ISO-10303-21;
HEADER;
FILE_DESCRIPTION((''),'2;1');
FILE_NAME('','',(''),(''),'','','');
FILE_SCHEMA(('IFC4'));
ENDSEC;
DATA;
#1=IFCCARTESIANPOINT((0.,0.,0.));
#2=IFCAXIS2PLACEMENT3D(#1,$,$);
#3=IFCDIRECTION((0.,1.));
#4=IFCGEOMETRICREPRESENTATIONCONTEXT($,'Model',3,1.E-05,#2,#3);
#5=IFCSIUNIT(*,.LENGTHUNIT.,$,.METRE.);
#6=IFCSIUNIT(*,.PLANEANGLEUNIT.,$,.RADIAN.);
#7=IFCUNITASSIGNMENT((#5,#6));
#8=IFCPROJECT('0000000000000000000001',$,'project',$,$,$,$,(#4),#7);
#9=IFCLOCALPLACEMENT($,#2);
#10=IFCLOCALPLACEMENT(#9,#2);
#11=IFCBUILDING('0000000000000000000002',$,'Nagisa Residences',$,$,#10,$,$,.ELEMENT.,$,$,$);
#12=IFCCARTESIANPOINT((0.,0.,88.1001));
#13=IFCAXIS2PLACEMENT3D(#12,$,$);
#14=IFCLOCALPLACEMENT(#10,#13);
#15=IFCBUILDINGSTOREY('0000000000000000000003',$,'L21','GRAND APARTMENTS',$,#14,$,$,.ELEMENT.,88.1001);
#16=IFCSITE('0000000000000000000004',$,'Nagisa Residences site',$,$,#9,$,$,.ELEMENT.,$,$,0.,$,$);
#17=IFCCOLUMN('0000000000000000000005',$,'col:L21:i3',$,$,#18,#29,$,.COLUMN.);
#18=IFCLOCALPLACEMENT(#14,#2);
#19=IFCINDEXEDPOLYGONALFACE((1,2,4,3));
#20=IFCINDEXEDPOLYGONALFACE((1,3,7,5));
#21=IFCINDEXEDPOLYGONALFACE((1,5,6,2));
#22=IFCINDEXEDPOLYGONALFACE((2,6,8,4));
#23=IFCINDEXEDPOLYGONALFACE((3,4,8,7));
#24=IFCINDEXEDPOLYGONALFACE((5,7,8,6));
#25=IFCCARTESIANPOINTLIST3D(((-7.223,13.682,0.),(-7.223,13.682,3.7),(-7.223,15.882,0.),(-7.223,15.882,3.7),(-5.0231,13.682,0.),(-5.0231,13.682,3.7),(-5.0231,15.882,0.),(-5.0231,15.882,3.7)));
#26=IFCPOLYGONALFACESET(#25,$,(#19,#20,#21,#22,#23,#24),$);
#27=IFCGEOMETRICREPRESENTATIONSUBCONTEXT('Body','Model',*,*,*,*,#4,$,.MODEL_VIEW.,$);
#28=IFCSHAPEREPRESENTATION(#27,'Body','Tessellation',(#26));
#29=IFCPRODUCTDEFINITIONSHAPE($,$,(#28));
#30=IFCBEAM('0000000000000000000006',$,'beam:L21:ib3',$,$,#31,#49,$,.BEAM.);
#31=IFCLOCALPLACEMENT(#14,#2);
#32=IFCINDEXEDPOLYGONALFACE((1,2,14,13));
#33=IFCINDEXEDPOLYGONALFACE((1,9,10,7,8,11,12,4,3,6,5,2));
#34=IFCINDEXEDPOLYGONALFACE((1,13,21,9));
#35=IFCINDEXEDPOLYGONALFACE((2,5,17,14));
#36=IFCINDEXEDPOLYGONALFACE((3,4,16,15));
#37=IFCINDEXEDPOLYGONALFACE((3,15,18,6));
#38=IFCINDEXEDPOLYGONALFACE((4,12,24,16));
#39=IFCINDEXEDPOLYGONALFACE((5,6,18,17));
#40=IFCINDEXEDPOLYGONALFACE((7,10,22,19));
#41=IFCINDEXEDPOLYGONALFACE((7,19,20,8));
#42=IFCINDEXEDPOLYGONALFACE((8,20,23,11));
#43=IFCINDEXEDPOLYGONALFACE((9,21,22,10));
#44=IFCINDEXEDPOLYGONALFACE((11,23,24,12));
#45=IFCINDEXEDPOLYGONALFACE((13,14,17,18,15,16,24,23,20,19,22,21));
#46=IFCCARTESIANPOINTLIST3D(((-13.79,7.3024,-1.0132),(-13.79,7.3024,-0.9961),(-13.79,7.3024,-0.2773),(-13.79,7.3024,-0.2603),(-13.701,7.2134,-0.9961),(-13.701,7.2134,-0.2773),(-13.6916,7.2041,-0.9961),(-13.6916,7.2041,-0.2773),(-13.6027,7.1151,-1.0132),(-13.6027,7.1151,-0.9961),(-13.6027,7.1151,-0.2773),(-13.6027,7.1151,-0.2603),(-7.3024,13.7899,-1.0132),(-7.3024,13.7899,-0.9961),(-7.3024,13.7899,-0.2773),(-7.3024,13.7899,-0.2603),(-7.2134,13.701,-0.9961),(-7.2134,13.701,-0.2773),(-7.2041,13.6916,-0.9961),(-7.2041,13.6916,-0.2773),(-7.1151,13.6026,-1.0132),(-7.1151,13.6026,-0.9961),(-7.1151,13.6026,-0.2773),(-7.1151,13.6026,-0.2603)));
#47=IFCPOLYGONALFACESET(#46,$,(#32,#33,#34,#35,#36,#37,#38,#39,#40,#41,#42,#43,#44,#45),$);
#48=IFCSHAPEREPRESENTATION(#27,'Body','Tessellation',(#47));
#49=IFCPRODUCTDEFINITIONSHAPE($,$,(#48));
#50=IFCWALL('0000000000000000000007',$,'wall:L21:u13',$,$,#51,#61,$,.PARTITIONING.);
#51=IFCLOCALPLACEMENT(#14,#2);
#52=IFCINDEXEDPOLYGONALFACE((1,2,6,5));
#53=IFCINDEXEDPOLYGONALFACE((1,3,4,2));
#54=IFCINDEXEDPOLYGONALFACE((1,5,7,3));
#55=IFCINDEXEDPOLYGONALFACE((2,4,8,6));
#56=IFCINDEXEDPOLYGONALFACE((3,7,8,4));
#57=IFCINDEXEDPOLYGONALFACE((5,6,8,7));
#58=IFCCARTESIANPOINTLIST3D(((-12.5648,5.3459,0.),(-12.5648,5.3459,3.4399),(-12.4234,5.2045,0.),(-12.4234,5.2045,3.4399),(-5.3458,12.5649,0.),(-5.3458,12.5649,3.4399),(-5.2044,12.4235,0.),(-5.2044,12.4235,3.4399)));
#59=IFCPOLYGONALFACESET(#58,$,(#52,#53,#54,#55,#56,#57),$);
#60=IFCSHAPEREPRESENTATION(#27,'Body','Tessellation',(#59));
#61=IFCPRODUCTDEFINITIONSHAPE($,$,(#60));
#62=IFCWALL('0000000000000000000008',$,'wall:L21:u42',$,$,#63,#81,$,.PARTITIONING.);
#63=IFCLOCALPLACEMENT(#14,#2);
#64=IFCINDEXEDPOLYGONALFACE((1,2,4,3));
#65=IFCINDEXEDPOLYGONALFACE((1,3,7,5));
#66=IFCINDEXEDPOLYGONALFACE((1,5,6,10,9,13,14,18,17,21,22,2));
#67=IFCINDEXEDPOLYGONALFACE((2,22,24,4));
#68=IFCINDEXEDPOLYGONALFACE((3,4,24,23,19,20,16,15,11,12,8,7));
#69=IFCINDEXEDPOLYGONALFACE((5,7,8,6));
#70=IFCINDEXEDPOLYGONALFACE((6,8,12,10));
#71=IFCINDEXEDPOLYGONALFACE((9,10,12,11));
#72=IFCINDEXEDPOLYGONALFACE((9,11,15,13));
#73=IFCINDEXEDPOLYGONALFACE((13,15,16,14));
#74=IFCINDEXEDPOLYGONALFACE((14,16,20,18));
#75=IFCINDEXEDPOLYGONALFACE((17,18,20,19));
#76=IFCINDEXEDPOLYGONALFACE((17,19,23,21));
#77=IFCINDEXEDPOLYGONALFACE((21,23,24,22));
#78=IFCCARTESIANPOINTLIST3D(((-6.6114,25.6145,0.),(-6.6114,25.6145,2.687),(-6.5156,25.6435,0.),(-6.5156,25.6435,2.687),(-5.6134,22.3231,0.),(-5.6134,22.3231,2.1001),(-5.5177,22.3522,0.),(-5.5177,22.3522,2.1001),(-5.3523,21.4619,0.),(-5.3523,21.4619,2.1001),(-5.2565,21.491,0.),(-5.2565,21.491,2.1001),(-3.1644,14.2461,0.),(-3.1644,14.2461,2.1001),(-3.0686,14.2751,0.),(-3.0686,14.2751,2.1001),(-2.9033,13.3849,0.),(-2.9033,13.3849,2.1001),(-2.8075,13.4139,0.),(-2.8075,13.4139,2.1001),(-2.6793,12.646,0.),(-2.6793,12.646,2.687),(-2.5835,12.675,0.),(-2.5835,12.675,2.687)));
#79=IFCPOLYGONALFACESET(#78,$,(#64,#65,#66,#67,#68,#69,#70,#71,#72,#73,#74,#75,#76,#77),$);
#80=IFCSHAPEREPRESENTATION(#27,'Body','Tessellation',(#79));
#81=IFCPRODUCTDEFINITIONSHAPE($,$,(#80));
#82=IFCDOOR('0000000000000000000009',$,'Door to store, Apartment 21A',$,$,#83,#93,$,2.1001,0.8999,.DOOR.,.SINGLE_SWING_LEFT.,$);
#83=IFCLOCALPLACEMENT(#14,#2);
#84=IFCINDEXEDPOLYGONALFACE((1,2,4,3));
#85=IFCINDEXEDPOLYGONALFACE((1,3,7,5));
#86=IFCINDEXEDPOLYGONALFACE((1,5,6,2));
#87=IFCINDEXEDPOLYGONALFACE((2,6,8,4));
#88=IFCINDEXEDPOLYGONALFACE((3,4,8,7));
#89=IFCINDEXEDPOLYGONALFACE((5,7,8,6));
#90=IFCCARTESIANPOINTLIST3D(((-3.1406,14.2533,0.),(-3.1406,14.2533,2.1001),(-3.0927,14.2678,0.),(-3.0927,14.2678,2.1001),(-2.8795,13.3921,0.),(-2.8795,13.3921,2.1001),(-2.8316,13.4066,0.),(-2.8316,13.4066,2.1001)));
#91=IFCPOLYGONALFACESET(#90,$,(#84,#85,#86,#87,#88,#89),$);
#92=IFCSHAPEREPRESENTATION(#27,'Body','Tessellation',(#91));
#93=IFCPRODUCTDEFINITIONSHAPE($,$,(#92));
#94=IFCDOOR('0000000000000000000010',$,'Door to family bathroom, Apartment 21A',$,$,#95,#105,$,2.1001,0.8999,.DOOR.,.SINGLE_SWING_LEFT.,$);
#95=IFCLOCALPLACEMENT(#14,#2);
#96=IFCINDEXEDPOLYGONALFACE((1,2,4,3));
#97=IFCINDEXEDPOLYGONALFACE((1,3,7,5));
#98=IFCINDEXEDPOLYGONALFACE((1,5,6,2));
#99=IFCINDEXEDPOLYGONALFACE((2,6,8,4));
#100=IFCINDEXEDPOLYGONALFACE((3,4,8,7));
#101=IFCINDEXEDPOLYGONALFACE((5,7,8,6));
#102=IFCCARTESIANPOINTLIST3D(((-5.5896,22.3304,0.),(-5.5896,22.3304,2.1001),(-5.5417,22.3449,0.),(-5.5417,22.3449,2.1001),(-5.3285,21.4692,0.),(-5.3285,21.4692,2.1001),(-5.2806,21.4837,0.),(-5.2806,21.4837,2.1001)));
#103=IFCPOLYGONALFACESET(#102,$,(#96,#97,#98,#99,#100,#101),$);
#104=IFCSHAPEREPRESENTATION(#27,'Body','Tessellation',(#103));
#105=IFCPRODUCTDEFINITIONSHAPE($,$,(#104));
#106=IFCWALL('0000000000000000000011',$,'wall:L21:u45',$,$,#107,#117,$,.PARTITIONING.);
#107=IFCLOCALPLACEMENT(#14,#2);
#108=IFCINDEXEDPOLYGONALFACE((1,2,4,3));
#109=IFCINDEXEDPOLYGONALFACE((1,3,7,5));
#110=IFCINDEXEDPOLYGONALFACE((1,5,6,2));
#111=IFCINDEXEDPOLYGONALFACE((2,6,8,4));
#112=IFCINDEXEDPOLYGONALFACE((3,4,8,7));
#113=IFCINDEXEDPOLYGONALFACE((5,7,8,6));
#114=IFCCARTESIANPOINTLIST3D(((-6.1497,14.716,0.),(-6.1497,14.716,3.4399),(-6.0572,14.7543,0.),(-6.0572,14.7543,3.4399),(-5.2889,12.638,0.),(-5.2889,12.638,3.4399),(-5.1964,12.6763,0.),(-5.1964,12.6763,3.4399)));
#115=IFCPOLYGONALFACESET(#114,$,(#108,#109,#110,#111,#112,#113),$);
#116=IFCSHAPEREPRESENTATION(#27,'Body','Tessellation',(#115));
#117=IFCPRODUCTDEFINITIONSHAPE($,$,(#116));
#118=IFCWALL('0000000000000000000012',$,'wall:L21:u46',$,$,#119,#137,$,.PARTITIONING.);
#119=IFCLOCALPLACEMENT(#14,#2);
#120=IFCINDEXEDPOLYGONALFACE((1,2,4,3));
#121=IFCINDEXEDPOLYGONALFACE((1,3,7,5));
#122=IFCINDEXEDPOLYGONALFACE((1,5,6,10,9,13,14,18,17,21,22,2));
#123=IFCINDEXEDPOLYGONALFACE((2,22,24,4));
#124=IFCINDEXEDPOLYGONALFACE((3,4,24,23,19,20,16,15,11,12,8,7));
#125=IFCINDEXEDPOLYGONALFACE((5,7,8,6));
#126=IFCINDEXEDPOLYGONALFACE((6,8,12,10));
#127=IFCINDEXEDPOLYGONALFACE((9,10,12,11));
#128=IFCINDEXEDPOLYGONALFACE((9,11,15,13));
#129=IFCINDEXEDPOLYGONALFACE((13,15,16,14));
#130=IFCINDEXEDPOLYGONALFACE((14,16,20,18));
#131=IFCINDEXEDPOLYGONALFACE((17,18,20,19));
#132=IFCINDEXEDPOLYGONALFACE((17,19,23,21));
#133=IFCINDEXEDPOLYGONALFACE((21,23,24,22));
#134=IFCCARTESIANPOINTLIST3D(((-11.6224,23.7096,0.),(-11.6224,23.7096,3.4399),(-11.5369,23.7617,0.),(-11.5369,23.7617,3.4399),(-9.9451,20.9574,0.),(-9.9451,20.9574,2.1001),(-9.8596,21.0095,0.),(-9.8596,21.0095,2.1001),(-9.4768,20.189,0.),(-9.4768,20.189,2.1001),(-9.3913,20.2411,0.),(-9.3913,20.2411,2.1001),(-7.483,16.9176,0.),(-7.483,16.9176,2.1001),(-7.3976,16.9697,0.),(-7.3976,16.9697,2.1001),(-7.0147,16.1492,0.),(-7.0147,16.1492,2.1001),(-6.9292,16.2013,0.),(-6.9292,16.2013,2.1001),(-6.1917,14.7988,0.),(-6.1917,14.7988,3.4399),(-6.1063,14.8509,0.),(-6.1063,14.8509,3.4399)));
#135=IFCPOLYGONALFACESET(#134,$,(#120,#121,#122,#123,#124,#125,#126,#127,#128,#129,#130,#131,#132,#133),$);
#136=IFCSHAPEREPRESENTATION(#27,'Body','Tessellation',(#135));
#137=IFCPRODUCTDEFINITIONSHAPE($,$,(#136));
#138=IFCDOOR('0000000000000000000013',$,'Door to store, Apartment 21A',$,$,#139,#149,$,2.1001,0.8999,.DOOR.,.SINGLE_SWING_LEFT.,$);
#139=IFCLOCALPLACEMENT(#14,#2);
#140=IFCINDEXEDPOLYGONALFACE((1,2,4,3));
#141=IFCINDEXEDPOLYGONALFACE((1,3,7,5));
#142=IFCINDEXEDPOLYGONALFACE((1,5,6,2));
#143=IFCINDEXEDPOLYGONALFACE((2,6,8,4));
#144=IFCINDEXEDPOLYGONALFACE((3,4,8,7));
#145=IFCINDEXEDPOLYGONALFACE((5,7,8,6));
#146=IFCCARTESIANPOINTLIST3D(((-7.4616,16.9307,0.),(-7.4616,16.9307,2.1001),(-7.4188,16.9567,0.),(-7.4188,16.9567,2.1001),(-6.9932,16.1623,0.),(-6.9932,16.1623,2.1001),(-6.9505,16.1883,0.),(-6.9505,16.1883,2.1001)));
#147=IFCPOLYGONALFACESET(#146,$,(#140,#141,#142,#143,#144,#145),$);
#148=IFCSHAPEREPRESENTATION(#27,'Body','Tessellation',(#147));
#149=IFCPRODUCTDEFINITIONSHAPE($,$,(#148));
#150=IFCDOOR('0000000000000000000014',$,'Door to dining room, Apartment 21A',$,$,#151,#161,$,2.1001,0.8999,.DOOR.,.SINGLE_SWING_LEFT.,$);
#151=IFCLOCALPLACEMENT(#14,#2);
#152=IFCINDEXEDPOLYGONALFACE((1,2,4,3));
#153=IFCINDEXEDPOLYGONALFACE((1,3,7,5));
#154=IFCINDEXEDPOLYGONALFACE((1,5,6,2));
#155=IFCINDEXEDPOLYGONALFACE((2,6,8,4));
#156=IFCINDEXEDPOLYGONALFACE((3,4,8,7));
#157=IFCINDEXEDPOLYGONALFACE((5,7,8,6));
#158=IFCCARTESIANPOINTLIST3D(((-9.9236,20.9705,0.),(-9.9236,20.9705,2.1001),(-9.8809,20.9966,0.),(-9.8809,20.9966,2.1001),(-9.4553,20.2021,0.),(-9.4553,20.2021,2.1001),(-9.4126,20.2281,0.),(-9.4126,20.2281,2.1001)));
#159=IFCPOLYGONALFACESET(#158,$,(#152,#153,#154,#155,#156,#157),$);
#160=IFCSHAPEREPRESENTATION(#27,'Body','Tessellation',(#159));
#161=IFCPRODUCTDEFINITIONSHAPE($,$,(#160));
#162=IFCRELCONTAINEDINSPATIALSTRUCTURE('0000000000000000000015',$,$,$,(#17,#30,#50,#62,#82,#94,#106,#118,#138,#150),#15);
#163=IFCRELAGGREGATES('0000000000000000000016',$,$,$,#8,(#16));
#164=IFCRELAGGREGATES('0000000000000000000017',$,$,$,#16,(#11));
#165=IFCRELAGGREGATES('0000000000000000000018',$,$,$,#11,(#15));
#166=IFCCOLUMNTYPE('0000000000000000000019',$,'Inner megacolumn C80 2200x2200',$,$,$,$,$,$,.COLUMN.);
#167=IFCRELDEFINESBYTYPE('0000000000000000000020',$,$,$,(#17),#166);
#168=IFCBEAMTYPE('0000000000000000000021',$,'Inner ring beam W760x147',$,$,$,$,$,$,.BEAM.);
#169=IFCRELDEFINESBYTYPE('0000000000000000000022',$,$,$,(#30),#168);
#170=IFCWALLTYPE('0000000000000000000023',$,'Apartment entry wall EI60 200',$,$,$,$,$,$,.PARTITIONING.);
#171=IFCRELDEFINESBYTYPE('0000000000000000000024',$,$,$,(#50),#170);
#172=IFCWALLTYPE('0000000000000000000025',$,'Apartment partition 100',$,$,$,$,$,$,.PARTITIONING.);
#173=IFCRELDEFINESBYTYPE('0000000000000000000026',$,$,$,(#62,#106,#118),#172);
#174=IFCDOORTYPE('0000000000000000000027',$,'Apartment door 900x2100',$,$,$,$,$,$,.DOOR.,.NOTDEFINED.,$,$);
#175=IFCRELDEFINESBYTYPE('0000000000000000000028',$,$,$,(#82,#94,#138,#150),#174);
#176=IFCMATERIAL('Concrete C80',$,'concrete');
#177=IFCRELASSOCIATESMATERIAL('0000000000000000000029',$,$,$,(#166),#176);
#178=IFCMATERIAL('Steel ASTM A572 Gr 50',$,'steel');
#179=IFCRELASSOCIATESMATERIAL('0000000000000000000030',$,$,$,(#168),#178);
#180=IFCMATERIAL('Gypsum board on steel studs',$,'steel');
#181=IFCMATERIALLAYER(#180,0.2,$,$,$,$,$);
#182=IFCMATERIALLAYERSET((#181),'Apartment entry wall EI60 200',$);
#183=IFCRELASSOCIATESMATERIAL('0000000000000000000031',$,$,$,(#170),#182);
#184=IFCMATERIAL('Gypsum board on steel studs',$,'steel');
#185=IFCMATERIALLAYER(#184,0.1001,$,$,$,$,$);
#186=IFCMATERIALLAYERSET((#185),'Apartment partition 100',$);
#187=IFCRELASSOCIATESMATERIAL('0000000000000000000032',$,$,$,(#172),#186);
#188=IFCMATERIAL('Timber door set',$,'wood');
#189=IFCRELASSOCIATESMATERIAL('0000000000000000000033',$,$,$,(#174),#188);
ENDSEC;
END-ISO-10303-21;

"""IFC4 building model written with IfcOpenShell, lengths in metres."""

from ifc_helpers import new_model, si_unit, direction, frame, frame_2d, origin, origin_2d, place, context, subcontext, project, spatial, rectangle, i_section, extrude, material, layer, layer_set, material_profile, profile_set, type_object, element, fill, save


model = new_model("IFC4")

# Units and contexts
model_context = context("Model", 3, precision=1e-05, world=origin(), true_north=direction((0.0, 1.0)))
body_context = subcontext(model_context, "Body", "Model", "MODEL_VIEW")
ifc_project = project(units=[si_unit("LENGTHUNIT", "METRE"), si_unit("PLANEANGLEUNIT", "RADIAN")], contexts=[model_context])

# Site, building, storey
site_placement = place(None, origin())
site = spatial("IfcSite", under=ifc_project, at=site_placement, Name="Nagisa Residences site", CompositionType="ELEMENT", RefElevation=0.0)
building_placement = place(site_placement, origin())
building = spatial("IfcBuilding", under=site, at=building_placement, Name="Nagisa Residences", CompositionType="ELEMENT")
storey_placement = place(building_placement, frame((0.0, 0.0, 88.1001)))
storey = spatial("IfcBuildingStorey", under=building, at=storey_placement, Name="L21", Description="GRAND APARTMENTS", CompositionType="ELEMENT", Elevation=88.1001)

# Column
ifc_material_1 = material(Name="Concrete C80", Category="concrete")
ifc_material_profile_1 = material_profile(ifc_material_1, rectangle(XDim=2.2, YDim=2.2, at=origin_2d()), Name="C80 2200x2200")
ifc_profile_set_1 = profile_set([ifc_material_profile_1], Name="Concrete C80")
column_type = type_object("IfcColumnType", Name="Inner megacolumn C80 2200x2200", PredefinedType="COLUMN", material=ifc_profile_set_1)
column_placement = place(storey_placement, frame((-6.123, 14.782, 0.0), z_axis=(0.0, 0.0, 1.0), x_axis=(1.0, 0.0, 0.0)))
element("IfcColumn", 1, at=column_placement, inside=storey, type_object=column_type, Name="col:L21:i3", PredefinedType="COLUMN", context=body_context, shape_type="SweptSolid", body=[
    extrude(rectangle(XDim=2.2, YDim=2.2, at=origin_2d()), origin(), (0.0, 0.0, 1.0), 3.7),
])

# Beam
ifc_material_2 = material(Name="Steel ASTM A572 Gr 50", Category="steel")
ifc_material_profile_2 = material_profile(ifc_material_2, i_section(OverallWidth=0.2649, OverallDepth=0.7529, WebThickness=0.0132, FlangeThickness=0.0171, at=origin_2d()), Name="W760x147")
ifc_profile_set_2 = profile_set([ifc_material_profile_2], Name="Steel ASTM A572 Gr 50")
beam_type = type_object("IfcBeamType", Name="Inner ring beam W760x147", PredefinedType="BEAM", material=ifc_profile_set_2)
beam_placement = place(storey_placement, frame((-7.2087, 13.6963, -0.6367), z_axis=(-0.707107, -0.707107, 0.0), x_axis=(0.707107, -0.707107, 0.0)))
element("IfcBeam", 2, at=beam_placement, inside=storey, type_object=beam_type, Name="beam:L21:ib3", PredefinedType="BEAM", context=body_context, shape_type="SweptSolid", body=[
    extrude(i_section(OverallWidth=0.2649, OverallDepth=0.7529, WebThickness=0.0132, FlangeThickness=0.0171, at=origin_2d()), origin(), (0.0, 0.0, 1.0), 9.1748),
])

# Wall
ifc_material_3 = material(Name="Gypsum board on steel studs", Category="steel")
ifc_layer_1 = layer(ifc_material_3, 0.2)
ifc_layer_set_1 = layer_set([ifc_layer_1], Name="Apartment entry wall EI60 200")
wall_type_1 = type_object("IfcWallType", Name="Apartment entry wall EI60 200", PredefinedType="PARTITIONING", material=ifc_layer_set_1)
wall_1_placement = place(storey_placement, frame((-5.2751, 12.4941, 0.0), z_axis=(0.0, 0.0, 1.0), x_axis=(-0.707107, -0.707107, 0.0)))
element("IfcWall", 3, at=wall_1_placement, inside=storey, type_object=wall_type_1, Name="wall:L21:u13", PredefinedType="PARTITIONING", context=body_context, shape_type="SweptSolid", body=[
    extrude(rectangle(XDim=10.2092, YDim=0.2, at=frame_2d((5.1045, 0.0))), origin(), (0.0, 0.0, 1.0), 3.4399),
])

# Wall, openings, doors
ifc_material_4 = material(Name="Gypsum board on steel studs", Category="steel")
ifc_layer_2 = layer(ifc_material_4, 0.1001)
ifc_layer_set_2 = layer_set([ifc_layer_2], Name="Apartment partition 100")
wall_type_2 = type_object("IfcWallType", Name="Apartment partition 100", PredefinedType="PARTITIONING", material=ifc_layer_set_2)
wall_2_placement = place(storey_placement, frame((-2.6313, 12.6604, 0.0), z_axis=(0.0, 0.0, 1.0), x_axis=(-0.290161, 0.956978, 0.0)))
wall_2 = element("IfcWall", 4, at=wall_2_placement, inside=storey, type_object=wall_type_2, Name="wall:L21:u42", PredefinedType="PARTITIONING", context=body_context, shape_type="SweptSolid", body=[
    extrude(rectangle(XDim=13.5515, YDim=0.1001, at=frame_2d((6.7759, 0.0))), origin(), (0.0, 0.0, 1.0), 2.687),
])
opening_1_placement = place(wall_2_placement, frame((0.7722, 0.0, 0.0)))
opening_1 = element("IfcOpeningElement", 5, at=opening_1_placement, cuts=wall_2, PredefinedType="OPENING", context=body_context, shape_type="SweptSolid", body=[
    extrude(rectangle(XDim=0.8999, YDim=2.1001, at=frame_2d((0.45, 1.05))), frame((0.0, 0.0601, 0.0), z_axis=(0.0, -1.0, 0.0), x_axis=(1.0, 0.0, 0.0)), (0.0, 0.0, 1.0), 0.1201),
])
opening_2_placement = place(wall_2_placement, frame((9.2124, 0.0, 0.0)))
opening_2 = element("IfcOpeningElement", 6, at=opening_2_placement, cuts=wall_2, PredefinedType="OPENING", context=body_context, shape_type="SweptSolid", body=[
    extrude(rectangle(XDim=0.8999, YDim=2.1001, at=frame_2d((0.45, 1.05))), frame((0.0, 0.0601, 0.0), z_axis=(0.0, -1.0, 0.0), x_axis=(1.0, 0.0, 0.0)), (0.0, 0.0, 1.0), 0.1201),
])
ifc_material_5 = material(Name="Timber door set", Category="wood")
door_type_1 = type_object("IfcDoorType", Name="Apartment door 900x2100", OperationType="NOTDEFINED", PredefinedType="DOOR", material=ifc_material_5)
door_1_placement = place(opening_1_placement, frame((0.8999, 0.0, 0.0), x_axis=(-1.0, 0.0, 0.0)))
door_1 = element("IfcDoor", 7, at=door_1_placement, inside=storey, type_object=door_type_1, Name="Door to store, Apartment 21A", OperationType="SINGLE_SWING_LEFT", OverallHeight=2.1001, OverallWidth=0.8999, PredefinedType="DOOR", context=body_context, shape_type="SweptSolid", body=[
    extrude(rectangle(XDim=0.8999, YDim=2.1001, at=frame_2d((0.45, 1.05))), frame((0.0, 0.0249, 0.0), z_axis=(0.0, -1.0, 0.0), x_axis=(1.0, 0.0, 0.0)), (0.0, 0.0, 1.0), 0.05),
])
fill(opening_1, door_1)
door_2_placement = place(opening_2_placement, frame((0.8999, 0.0, 0.0), x_axis=(-1.0, 0.0, 0.0)))
door_2 = element("IfcDoor", 8, at=door_2_placement, inside=storey, type_object=door_type_1, Name="Door to family bathroom, Apartment 21A", OperationType="SINGLE_SWING_LEFT", OverallHeight=2.1001, OverallWidth=0.8999, PredefinedType="DOOR", context=body_context, shape_type="SweptSolid", body=[
    extrude(rectangle(XDim=0.8999, YDim=2.1001, at=frame_2d((0.45, 1.05))), frame((0.0, 0.0249, 0.0), z_axis=(0.0, -1.0, 0.0), x_axis=(1.0, 0.0, 0.0)), (0.0, 0.0, 1.0), 0.05),
])
fill(opening_2, door_2)

# Wall
wall_3_placement = place(storey_placement, frame((-5.2427, 12.6572, 0.0), z_axis=(0.0, 0.0, 1.0), x_axis=(-0.382703, 0.923871, 0.0)))
element("IfcWall", 9, at=wall_3_placement, inside=storey, type_object=wall_type_2, Name="wall:L21:u45", PredefinedType="PARTITIONING", context=body_context, shape_type="SweptSolid", body=[
    extrude(rectangle(XDim=2.2493, YDim=0.1001, at=frame_2d((1.1245, 0.0))), origin(), (0.0, 0.0, 1.0), 3.4399),
])

# Wall, openings, doors
wall_4_placement = place(storey_placement, frame((-6.1489, 14.8247, 0.0), z_axis=(0.0, 0.0, 1.0), x_axis=(-0.520411, 0.853916, 0.0)))
wall_4 = element("IfcWall", 10, at=wall_4_placement, inside=storey, type_object=wall_type_2, Name="wall:L21:u46", PredefinedType="PARTITIONING", context=body_context, shape_type="SweptSolid", body=[
    extrude(rectangle(XDim=10.4353, YDim=0.1001, at=frame_2d((5.2178, 0.0))), origin(), (0.0, 0.0, 1.0), 3.4399),
])
opening_3_placement = place(wall_4_placement, frame((1.5815, 0.0, 0.0)))
opening_3 = element("IfcOpeningElement", 11, at=opening_3_placement, cuts=wall_4, PredefinedType="OPENING", context=body_context, shape_type="SweptSolid", body=[
    extrude(rectangle(XDim=0.8999, YDim=2.1001, at=frame_2d((0.45, 1.05))), frame((0.0, 0.0601, 0.0), z_axis=(0.0, -1.0, 0.0), x_axis=(1.0, 0.0, 0.0)), (0.0, 0.0, 1.0), 0.1201),
])
opening_4_placement = place(wall_4_placement, frame((6.3125, 0.0, 0.0)))
opening_4 = element("IfcOpeningElement", 12, at=opening_4_placement, cuts=wall_4, PredefinedType="OPENING", context=body_context, shape_type="SweptSolid", body=[
    extrude(rectangle(XDim=0.8999, YDim=2.1001, at=frame_2d((0.45, 1.05))), frame((0.0, 0.0601, 0.0), z_axis=(0.0, -1.0, 0.0), x_axis=(1.0, 0.0, 0.0)), (0.0, 0.0, 1.0), 0.1201),
])
door_3_placement = place(opening_3_placement, origin())
door_3 = element("IfcDoor", 13, at=door_3_placement, inside=storey, type_object=door_type_1, Name="Door to store, Apartment 21A", OperationType="SINGLE_SWING_LEFT", OverallHeight=2.1001, OverallWidth=0.8999, PredefinedType="DOOR", context=body_context, shape_type="SweptSolid", body=[
    extrude(rectangle(XDim=0.8999, YDim=2.1001, at=frame_2d((0.45, 1.05))), frame((0.0, 0.0249, 0.0), z_axis=(0.0, -1.0, 0.0), x_axis=(1.0, 0.0, 0.0)), (0.0, 0.0, 1.0), 0.05),
])
fill(opening_3, door_3)
door_4_placement = place(opening_4_placement, origin())
door_4 = element("IfcDoor", 14, at=door_4_placement, inside=storey, type_object=door_type_1, Name="Door to dining room, Apartment 21A", OperationType="SINGLE_SWING_LEFT", OverallHeight=2.1001, OverallWidth=0.8999, PredefinedType="DOOR", context=body_context, shape_type="SweptSolid", body=[
    extrude(rectangle(XDim=0.8999, YDim=2.1001, at=frame_2d((0.45, 1.05))), frame((0.0, 0.0249, 0.0), z_axis=(0.0, -1.0, 0.0), x_axis=(1.0, 0.0, 0.0)), (0.0, 0.0, 1.0), 0.05),
])
fill(opening_4, door_4)

save(model, "model.ifc")
